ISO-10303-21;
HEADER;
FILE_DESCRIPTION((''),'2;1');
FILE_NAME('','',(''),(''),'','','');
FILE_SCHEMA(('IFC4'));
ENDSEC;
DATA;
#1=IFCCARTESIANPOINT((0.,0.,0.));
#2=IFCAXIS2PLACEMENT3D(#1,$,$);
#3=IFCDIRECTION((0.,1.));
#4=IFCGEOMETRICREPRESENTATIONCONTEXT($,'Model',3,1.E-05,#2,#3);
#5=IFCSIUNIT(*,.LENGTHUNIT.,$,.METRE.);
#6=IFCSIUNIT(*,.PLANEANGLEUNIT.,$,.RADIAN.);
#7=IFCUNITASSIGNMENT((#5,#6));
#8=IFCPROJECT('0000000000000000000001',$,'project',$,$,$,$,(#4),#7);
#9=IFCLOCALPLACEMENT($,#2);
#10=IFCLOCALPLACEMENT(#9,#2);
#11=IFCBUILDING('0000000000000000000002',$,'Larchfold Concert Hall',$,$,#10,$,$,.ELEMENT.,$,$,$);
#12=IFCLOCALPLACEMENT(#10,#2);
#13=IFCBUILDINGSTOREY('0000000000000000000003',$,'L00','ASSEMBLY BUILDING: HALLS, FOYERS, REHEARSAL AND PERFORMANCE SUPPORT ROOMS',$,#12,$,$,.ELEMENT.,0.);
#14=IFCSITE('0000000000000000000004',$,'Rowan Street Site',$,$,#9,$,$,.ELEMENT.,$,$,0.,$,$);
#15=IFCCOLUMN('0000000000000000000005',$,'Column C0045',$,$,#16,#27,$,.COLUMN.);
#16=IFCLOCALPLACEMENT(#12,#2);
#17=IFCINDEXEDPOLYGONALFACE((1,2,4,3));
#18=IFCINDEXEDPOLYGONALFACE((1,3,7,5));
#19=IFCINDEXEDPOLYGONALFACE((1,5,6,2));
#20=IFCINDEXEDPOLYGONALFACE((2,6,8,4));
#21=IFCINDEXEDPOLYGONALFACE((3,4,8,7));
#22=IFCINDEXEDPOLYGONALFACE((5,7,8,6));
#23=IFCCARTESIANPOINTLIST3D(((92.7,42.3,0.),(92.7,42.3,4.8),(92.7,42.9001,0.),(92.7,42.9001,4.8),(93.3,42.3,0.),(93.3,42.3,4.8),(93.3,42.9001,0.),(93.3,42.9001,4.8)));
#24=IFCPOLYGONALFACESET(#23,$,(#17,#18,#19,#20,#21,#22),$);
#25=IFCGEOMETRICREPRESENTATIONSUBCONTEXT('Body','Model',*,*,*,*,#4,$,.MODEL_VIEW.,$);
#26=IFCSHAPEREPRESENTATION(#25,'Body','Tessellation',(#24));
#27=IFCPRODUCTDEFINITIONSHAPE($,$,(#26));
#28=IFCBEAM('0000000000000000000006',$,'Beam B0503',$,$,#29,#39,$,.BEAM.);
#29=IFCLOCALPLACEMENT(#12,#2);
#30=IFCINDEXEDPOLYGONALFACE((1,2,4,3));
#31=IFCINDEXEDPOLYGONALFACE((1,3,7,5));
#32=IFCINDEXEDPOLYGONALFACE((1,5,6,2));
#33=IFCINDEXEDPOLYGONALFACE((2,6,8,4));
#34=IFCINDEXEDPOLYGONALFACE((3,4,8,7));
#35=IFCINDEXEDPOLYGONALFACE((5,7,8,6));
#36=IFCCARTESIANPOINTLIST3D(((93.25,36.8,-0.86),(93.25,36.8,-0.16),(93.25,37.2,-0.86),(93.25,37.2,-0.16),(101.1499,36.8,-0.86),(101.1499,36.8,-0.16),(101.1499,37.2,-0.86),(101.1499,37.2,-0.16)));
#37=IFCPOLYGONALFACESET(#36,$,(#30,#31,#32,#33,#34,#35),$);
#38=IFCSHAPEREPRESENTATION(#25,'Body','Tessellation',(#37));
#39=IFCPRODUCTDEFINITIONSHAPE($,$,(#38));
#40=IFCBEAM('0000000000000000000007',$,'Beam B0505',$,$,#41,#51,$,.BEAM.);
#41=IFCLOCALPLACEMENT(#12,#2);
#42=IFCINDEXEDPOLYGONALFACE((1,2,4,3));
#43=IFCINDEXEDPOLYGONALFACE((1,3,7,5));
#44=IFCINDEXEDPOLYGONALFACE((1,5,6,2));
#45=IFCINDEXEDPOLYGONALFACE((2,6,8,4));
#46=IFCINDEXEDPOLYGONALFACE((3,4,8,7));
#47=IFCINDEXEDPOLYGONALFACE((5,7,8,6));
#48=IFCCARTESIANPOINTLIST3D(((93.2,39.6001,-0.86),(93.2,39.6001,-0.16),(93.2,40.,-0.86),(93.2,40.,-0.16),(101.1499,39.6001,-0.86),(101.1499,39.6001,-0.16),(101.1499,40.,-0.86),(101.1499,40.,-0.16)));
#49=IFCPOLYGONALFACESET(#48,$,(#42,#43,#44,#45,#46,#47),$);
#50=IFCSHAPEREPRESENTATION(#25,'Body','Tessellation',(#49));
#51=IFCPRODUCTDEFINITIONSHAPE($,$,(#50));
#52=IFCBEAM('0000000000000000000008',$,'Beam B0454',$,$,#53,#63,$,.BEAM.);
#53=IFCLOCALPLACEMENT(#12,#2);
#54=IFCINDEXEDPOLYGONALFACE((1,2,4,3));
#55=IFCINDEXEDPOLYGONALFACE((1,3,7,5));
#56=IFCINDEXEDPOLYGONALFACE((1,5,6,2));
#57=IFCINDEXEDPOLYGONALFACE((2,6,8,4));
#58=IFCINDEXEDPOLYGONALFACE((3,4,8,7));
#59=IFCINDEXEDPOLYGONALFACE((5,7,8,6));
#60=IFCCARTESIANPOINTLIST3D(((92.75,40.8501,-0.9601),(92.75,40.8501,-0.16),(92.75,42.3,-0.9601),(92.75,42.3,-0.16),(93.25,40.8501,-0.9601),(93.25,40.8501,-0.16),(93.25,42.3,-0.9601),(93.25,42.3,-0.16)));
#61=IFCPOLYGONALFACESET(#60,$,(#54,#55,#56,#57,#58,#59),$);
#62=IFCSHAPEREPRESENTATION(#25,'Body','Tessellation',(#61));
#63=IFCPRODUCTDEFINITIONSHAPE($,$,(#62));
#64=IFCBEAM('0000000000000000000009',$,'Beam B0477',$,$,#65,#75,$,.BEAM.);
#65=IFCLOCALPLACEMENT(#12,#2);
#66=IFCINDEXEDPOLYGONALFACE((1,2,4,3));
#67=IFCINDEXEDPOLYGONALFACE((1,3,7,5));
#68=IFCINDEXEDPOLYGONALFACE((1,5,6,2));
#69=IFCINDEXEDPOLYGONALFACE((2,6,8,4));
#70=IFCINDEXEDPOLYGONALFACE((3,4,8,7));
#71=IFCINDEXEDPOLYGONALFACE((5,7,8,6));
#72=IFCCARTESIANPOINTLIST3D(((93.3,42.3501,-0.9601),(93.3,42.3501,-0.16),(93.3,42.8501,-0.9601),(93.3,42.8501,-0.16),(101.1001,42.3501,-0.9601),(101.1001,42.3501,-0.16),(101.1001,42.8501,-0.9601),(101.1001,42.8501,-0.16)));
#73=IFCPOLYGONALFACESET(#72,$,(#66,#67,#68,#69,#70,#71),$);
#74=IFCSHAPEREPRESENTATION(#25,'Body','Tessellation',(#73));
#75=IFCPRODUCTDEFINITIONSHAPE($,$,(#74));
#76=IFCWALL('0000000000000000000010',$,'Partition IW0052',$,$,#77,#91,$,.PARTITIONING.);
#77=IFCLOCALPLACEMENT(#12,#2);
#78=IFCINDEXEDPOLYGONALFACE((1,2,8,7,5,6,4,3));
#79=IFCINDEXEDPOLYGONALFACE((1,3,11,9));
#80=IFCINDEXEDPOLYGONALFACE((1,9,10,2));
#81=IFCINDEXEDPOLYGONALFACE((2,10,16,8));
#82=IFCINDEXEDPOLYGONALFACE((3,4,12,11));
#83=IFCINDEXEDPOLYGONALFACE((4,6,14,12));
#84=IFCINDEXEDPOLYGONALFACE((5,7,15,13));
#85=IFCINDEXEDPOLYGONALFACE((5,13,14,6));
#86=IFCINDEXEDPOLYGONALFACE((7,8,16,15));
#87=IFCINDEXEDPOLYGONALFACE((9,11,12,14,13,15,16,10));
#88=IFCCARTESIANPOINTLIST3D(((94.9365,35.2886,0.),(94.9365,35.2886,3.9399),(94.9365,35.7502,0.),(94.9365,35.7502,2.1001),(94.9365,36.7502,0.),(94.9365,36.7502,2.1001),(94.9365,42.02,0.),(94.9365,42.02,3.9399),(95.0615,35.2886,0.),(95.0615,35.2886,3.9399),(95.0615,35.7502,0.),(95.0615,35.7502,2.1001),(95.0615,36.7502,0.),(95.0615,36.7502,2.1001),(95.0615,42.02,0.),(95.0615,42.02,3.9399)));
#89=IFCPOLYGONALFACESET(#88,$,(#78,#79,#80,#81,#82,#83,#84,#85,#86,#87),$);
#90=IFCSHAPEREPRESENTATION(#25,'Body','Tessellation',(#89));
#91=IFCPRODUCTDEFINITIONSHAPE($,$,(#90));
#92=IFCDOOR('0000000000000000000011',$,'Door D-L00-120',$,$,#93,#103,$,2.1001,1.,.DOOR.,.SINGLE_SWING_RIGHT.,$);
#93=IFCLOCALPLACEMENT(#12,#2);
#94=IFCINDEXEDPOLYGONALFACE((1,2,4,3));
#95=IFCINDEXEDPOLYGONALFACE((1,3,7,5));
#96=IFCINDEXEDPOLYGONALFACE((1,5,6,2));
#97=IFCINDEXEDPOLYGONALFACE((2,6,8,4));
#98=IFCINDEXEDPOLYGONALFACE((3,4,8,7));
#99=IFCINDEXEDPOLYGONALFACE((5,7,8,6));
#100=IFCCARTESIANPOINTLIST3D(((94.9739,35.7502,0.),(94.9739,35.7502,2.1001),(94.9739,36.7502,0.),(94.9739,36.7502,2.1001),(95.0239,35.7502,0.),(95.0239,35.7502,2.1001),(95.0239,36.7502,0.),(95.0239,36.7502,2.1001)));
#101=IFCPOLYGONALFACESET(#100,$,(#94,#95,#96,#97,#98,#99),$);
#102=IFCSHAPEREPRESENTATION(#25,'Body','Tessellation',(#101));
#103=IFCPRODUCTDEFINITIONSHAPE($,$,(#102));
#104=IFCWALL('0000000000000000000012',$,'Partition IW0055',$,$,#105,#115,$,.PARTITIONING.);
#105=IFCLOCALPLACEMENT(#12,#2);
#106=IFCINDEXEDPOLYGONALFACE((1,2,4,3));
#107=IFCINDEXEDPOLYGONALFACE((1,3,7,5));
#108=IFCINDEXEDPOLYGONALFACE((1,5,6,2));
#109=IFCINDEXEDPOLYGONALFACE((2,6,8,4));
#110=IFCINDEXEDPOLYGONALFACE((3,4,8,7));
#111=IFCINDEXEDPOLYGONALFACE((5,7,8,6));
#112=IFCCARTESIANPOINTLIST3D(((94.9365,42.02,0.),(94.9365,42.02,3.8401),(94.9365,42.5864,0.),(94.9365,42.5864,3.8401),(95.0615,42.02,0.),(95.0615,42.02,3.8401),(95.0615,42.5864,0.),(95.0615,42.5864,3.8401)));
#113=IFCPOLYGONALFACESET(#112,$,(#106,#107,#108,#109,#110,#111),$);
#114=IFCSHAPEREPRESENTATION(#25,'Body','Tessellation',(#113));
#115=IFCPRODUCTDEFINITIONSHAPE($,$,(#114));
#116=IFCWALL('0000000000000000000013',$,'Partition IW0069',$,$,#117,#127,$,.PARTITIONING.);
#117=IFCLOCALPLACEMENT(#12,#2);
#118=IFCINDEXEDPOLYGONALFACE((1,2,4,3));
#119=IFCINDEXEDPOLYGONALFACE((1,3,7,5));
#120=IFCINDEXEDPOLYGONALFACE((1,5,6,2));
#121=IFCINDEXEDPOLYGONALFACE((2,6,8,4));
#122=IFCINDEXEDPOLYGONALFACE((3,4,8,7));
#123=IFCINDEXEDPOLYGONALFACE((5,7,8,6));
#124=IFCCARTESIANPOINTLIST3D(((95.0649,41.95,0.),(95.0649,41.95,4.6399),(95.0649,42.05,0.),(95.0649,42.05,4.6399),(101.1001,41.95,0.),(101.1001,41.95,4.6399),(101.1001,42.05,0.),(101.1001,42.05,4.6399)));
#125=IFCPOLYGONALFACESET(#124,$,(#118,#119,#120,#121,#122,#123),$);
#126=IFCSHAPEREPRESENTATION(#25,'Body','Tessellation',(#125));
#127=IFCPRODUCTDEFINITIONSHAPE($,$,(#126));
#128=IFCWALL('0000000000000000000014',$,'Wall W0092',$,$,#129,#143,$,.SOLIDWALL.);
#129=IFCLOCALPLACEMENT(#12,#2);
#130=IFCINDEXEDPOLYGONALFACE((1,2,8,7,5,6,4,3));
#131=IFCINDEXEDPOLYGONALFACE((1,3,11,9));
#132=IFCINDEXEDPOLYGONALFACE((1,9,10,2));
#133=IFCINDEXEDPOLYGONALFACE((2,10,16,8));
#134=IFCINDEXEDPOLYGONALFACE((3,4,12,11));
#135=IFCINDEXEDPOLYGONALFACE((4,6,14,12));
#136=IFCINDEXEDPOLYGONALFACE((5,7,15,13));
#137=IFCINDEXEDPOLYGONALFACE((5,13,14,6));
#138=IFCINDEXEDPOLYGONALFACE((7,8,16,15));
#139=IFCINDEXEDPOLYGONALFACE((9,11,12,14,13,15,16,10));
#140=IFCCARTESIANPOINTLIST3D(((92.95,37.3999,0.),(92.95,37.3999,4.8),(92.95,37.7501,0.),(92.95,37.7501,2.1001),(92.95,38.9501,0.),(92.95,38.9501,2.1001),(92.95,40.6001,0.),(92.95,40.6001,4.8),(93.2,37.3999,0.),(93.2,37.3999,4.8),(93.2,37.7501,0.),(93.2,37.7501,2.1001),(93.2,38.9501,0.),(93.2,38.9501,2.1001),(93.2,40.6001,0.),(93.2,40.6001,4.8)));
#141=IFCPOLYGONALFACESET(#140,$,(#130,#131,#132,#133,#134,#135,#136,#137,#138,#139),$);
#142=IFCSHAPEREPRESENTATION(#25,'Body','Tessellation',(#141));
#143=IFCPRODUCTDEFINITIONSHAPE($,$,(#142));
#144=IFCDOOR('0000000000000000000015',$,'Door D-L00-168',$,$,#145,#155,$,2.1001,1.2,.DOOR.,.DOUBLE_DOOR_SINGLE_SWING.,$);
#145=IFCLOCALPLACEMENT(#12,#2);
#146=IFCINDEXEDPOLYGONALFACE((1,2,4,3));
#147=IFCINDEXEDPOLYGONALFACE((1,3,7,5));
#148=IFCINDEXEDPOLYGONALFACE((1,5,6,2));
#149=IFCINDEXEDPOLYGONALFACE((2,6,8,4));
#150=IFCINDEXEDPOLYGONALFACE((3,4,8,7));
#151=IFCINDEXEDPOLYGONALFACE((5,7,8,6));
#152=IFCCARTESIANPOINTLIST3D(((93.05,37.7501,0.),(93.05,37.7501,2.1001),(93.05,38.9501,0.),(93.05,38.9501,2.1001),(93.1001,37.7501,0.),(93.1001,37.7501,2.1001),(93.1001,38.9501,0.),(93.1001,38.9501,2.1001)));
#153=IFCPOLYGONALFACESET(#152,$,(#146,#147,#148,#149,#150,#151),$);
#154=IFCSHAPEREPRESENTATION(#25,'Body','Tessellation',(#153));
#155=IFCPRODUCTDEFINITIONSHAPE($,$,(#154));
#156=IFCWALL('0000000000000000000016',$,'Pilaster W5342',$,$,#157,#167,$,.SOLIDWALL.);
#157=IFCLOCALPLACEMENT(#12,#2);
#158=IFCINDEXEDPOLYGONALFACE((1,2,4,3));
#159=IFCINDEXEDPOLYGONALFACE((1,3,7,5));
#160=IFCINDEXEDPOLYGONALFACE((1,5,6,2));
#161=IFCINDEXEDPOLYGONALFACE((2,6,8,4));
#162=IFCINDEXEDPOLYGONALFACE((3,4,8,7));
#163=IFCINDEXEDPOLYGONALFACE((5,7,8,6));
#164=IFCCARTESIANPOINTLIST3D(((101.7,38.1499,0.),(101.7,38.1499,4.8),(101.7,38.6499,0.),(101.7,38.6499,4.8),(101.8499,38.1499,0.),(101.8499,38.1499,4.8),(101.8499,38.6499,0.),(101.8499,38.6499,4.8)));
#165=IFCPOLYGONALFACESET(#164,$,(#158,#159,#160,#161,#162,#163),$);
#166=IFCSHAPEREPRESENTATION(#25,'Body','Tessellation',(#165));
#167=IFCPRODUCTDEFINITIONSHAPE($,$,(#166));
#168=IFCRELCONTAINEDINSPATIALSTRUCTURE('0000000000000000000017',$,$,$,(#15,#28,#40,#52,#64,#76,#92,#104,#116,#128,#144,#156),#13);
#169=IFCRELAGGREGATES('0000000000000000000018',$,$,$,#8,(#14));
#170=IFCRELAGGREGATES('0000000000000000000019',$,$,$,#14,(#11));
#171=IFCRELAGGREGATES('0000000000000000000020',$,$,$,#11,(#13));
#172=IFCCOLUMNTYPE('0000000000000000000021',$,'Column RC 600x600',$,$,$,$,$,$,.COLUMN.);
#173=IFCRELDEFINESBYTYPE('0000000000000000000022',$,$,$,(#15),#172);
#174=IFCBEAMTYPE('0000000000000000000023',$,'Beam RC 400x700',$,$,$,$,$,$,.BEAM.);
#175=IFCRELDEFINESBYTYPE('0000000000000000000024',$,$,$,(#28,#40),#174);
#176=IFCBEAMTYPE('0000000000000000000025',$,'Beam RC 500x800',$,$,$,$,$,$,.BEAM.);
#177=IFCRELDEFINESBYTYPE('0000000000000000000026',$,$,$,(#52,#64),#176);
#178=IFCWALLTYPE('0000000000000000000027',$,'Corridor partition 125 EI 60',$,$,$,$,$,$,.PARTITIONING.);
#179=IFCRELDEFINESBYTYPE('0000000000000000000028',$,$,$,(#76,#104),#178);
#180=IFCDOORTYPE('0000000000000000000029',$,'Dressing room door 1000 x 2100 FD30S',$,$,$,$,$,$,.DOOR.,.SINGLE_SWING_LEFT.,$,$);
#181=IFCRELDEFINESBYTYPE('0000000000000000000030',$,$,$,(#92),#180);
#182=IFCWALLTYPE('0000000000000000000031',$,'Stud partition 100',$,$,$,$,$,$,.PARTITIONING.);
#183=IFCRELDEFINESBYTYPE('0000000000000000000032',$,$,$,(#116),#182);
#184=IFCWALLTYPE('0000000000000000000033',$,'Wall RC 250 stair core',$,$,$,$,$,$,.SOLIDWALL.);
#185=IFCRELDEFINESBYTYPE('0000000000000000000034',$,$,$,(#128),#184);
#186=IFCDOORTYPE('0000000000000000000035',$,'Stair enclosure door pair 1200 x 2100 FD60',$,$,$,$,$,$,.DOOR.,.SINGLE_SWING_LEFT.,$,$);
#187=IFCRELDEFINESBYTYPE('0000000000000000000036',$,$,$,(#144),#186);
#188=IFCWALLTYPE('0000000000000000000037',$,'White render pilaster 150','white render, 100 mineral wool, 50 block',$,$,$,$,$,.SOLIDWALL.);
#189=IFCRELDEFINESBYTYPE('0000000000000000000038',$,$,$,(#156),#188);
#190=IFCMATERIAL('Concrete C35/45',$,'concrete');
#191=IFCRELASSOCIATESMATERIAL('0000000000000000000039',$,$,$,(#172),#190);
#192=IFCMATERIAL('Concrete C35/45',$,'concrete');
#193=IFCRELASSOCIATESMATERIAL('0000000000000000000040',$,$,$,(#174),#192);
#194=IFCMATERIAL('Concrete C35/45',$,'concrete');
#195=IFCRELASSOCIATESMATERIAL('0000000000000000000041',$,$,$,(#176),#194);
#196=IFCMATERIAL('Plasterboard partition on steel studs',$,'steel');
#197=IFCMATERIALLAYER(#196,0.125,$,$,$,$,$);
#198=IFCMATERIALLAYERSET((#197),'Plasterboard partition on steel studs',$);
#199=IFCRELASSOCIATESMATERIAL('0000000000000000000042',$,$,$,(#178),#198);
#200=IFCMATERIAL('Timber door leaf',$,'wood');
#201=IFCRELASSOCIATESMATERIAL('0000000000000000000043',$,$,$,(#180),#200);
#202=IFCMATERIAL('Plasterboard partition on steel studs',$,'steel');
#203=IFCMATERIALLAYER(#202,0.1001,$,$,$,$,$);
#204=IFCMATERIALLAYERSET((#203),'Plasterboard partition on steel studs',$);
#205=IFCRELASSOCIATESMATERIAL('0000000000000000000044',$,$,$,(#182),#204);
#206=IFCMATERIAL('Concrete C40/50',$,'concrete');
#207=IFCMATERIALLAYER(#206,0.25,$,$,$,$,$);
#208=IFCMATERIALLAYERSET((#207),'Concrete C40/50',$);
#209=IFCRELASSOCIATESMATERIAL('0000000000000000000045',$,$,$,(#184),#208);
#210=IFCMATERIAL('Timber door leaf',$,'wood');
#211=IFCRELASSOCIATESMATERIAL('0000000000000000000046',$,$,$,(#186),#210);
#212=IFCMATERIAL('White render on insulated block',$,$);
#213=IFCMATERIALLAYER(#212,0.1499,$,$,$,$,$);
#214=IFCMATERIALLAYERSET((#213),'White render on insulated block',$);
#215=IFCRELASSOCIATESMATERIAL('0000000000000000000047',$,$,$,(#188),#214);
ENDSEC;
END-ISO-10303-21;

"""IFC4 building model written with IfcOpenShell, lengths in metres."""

from ifc_helpers import new_model, si_unit, direction, frame, frame_2d, origin, origin_2d, place, context, subcontext, project, spatial, rectangle, extrude, material, layer, layer_set, material_profile, profile_set, type_object, element, fill, save


model = new_model("IFC4")

# Units and contexts
model_context = context("Model", 3, precision=1e-05, world=origin(), true_north=direction((0.0, 1.0)))
body_context = subcontext(model_context, "Body", "Model", "MODEL_VIEW")
ifc_project = project(units=[si_unit("LENGTHUNIT", "METRE"), si_unit("PLANEANGLEUNIT", "RADIAN")], contexts=[model_context])

# Site, building, storey
site_placement = place(None, origin())
site = spatial("IfcSite", under=ifc_project, at=site_placement, Name="Rowan Street Site", CompositionType="ELEMENT", RefElevation=0.0)
building_placement = place(site_placement, origin())
building = spatial("IfcBuilding", under=site, at=building_placement, Name="Larchfold Concert Hall", CompositionType="ELEMENT")
storey_placement = place(building_placement, origin())
storey = spatial("IfcBuildingStorey", under=building, at=storey_placement, Name="L00", Description="ASSEMBLY BUILDING: HALLS, FOYERS, REHEARSAL AND PERFORMANCE SUPPORT ROOMS", CompositionType="ELEMENT", Elevation=0.0)

# Column
ifc_material_1 = material(Name="Concrete C35/45", Category="concrete")
ifc_material_profile_1 = material_profile(ifc_material_1, rectangle(XDim=0.6001, YDim=0.6001, at=origin_2d()))
ifc_profile_set_1 = profile_set([ifc_material_profile_1], Name="Concrete C35/45")
column_type = type_object("IfcColumnType", Name="Column RC 600x600", PredefinedType="COLUMN", material=ifc_profile_set_1)
column_placement = place(storey_placement, frame((93.0, 42.6001, 0.0), z_axis=(0.0, 0.0, 1.0), x_axis=(1.0, 0.0, 0.0)))
element("IfcColumn", 1, at=column_placement, inside=storey, type_object=column_type, Name="Column C0045", PredefinedType="COLUMN", context=body_context, shape_type="SweptSolid", body=[
    extrude(rectangle(XDim=0.6001, YDim=0.6001, at=origin_2d()), origin(), (0.0, 0.0, 1.0), 4.8),
])

# Beams
ifc_material_2 = material(Name="Concrete C35/45", Category="concrete")
ifc_material_profile_2 = material_profile(ifc_material_2, rectangle(XDim=0.3999, YDim=0.7, at=origin_2d()))
ifc_profile_set_2 = profile_set([ifc_material_profile_2], Name="Concrete C35/45")
beam_type_1 = type_object("IfcBeamType", Name="Beam RC 400x700", PredefinedType="BEAM", material=ifc_profile_set_2)
beam_1_placement = place(storey_placement, frame((93.25, 37.0, -0.51), z_axis=(1.0, 0.0, 0.0), x_axis=(0.0, 1.0, 0.0)))
element("IfcBeam", 2, at=beam_1_placement, inside=storey, type_object=beam_type_1, Name="Beam B0503", PredefinedType="BEAM", context=body_context, shape_type="SweptSolid", body=[
    extrude(rectangle(XDim=0.3999, YDim=0.7, at=origin_2d()), origin(), (0.0, 0.0, 1.0), 7.8999),
])
beam_2_placement = place(storey_placement, frame((93.2, 39.8, -0.51), z_axis=(1.0, 0.0, 0.0), x_axis=(0.0, 1.0, 0.0)))
element("IfcBeam", 3, at=beam_2_placement, inside=storey, type_object=beam_type_1, Name="Beam B0505", PredefinedType="BEAM", context=body_context, shape_type="SweptSolid", body=[
    extrude(rectangle(XDim=0.3999, YDim=0.7, at=origin_2d()), origin(), (0.0, 0.0, 1.0), 7.95),
])
ifc_material_3 = material(Name="Concrete C35/45", Category="concrete")
ifc_material_profile_3 = material_profile(ifc_material_3, rectangle(XDim=0.5, YDim=0.8, at=origin_2d()))
ifc_profile_set_3 = profile_set([ifc_material_profile_3], Name="Concrete C35/45")
beam_type_2 = type_object("IfcBeamType", Name="Beam RC 500x800", PredefinedType="BEAM", material=ifc_profile_set_3)
beam_3_placement = place(storey_placement, frame((93.0, 40.8501, -0.5601), z_axis=(0.0, 1.0, 0.0), x_axis=(-1.0, 0.0, 0.0)))
element("IfcBeam", 4, at=beam_3_placement, inside=storey, type_object=beam_type_2, Name="Beam B0454", PredefinedType="BEAM", context=body_context, shape_type="SweptSolid", body=[
    extrude(rectangle(XDim=0.5, YDim=0.8, at=origin_2d()), origin(), (0.0, 0.0, 1.0), 1.45),
])
beam_4_placement = place(storey_placement, frame((93.3, 42.6001, -0.5601), z_axis=(1.0, 0.0, 0.0), x_axis=(0.0, 1.0, 0.0)))
element("IfcBeam", 5, at=beam_4_placement, inside=storey, type_object=beam_type_2, Name="Beam B0477", PredefinedType="BEAM", context=body_context, shape_type="SweptSolid", body=[
    extrude(rectangle(XDim=0.5, YDim=0.8, at=origin_2d()), origin(), (0.0, 0.0, 1.0), 7.8),
])

# Wall, opening, door
ifc_material_4 = material(Name="Plasterboard partition on steel studs", Category="steel")
ifc_layer_1 = layer(ifc_material_4, 0.125)
ifc_layer_set_1 = layer_set([ifc_layer_1], Name="Plasterboard partition on steel studs")
wall_type_1 = type_object("IfcWallType", Name="Corridor partition 125 EI 60", PredefinedType="PARTITIONING", material=ifc_layer_set_1)
wall_1_placement = place(storey_placement, frame((94.999, 42.02, 0.0), z_axis=(0.0, 0.0, 1.0), x_axis=(0.0, -1.0, 0.0)))
wall_1 = element("IfcWall", 6, at=wall_1_placement, inside=storey, type_object=wall_type_1, Name="Partition IW0052", PredefinedType="PARTITIONING", context=body_context, shape_type="SweptSolid", body=[
    extrude(rectangle(XDim=6.7314, YDim=0.125, at=frame_2d((3.3657, 0.0))), origin(), (0.0, 0.0, 1.0), 3.9399),
])
opening_1_placement = place(wall_1_placement, frame((5.2698, 0.0, 0.0)))
opening_1 = element("IfcOpeningElement", 7, at=opening_1_placement, cuts=wall_1, PredefinedType="OPENING", context=body_context, shape_type="SweptSolid", body=[
    extrude(rectangle(XDim=1.0, YDim=2.1001, at=frame_2d((0.5, 1.05))), frame((0.0, 0.0725, 0.0), z_axis=(0.0, -1.0, 0.0), x_axis=(1.0, 0.0, 0.0)), (0.0, 0.0, 1.0), 0.145),
])
ifc_material_5 = material(Name="Timber door leaf", Category="wood")
door_type_1 = type_object("IfcDoorType", Name="Dressing room door 1000 x 2100 FD30S", OperationType="SINGLE_SWING_LEFT", PredefinedType="DOOR", material=ifc_material_5)
door_1_placement = place(opening_1_placement, origin())
door_1 = element("IfcDoor", 8, at=door_1_placement, inside=storey, type_object=door_type_1, Name="Door D-L00-120", OperationType="SINGLE_SWING_RIGHT", OverallHeight=2.1001, OverallWidth=1.0, PredefinedType="DOOR", context=body_context, shape_type="SweptSolid", body=[
    extrude(rectangle(XDim=1.0, YDim=2.1001, at=frame_2d((0.5, 1.05))), frame((0.0, 0.0249, 0.0), z_axis=(0.0, -1.0, 0.0), x_axis=(1.0, 0.0, 0.0)), (0.0, 0.0, 1.0), 0.05),
])
fill(opening_1, door_1)

# Walls
wall_2_placement = place(storey_placement, frame((94.999, 42.5864, 0.0), z_axis=(0.0, 0.0, 1.0), x_axis=(0.0, -1.0, 0.0)))
element("IfcWall", 9, at=wall_2_placement, inside=storey, type_object=wall_type_1, Name="Partition IW0055", PredefinedType="PARTITIONING", context=body_context, shape_type="SweptSolid", body=[
    extrude(rectangle(XDim=0.5664, YDim=0.125, at=frame_2d((0.2832, 0.0))), origin(), (0.0, 0.0, 1.0), 3.8401),
])
ifc_material_6 = material(Name="Plasterboard partition on steel studs", Category="steel")
ifc_layer_2 = layer(ifc_material_6, 0.1001)
ifc_layer_set_2 = layer_set([ifc_layer_2], Name="Plasterboard partition on steel studs")
wall_type_2 = type_object("IfcWallType", Name="Stud partition 100", PredefinedType="PARTITIONING", material=ifc_layer_set_2)
wall_3_placement = place(storey_placement, frame((95.0649, 42.0, 0.0), z_axis=(0.0, 0.0, 1.0), x_axis=(1.0, 0.0, 0.0)))
element("IfcWall", 10, at=wall_3_placement, inside=storey, type_object=wall_type_2, Name="Partition IW0069", PredefinedType="PARTITIONING", context=body_context, shape_type="SweptSolid", body=[
    extrude(rectangle(XDim=6.0352, YDim=0.1001, at=frame_2d((3.0176, 0.0))), origin(), (0.0, 0.0, 1.0), 4.6399),
])

# Wall, opening, door
ifc_material_7 = material(Name="Concrete C40/50", Category="concrete")
ifc_layer_3 = layer(ifc_material_7, 0.25)
ifc_layer_set_3 = layer_set([ifc_layer_3], Name="Concrete C40/50")
wall_type_3 = type_object("IfcWallType", Name="Wall RC 250 stair core", PredefinedType="SOLIDWALL", material=ifc_layer_set_3)
wall_4_placement = place(storey_placement, frame((93.075, 37.3999, 0.0), z_axis=(0.0, 0.0, 1.0), x_axis=(0.0, 1.0, 0.0)))
wall_4 = element("IfcWall", 11, at=wall_4_placement, inside=storey, type_object=wall_type_3, Name="Wall W0092", PredefinedType="SOLIDWALL", context=body_context, shape_type="SweptSolid", body=[
    extrude(rectangle(XDim=3.2002, YDim=0.25, at=frame_2d((1.6001, 0.0))), origin(), (0.0, 0.0, 1.0), 4.8),
])
opening_2_placement = place(wall_4_placement, frame((0.3501, 0.0, 0.0)))
opening_2 = element("IfcOpeningElement", 12, at=opening_2_placement, cuts=wall_4, PredefinedType="OPENING", context=body_context, shape_type="SweptSolid", body=[
    extrude(rectangle(XDim=1.2, YDim=2.1001, at=frame_2d((0.6001, 1.05))), frame((0.0, 0.135, 0.0), z_axis=(0.0, -1.0, 0.0), x_axis=(1.0, 0.0, 0.0)), (0.0, 0.0, 1.0), 0.27),
])
ifc_material_8 = material(Name="Timber door leaf", Category="wood")
door_type_2 = type_object("IfcDoorType", Name="Stair enclosure door pair 1200 x 2100 FD60", OperationType="SINGLE_SWING_LEFT", PredefinedType="DOOR", material=ifc_material_8)
door_2_placement = place(opening_2_placement, origin())
door_2 = element("IfcDoor", 13, at=door_2_placement, inside=storey, type_object=door_type_2, Name="Door D-L00-168", OperationType="DOUBLE_DOOR_SINGLE_SWING", OverallHeight=2.1001, OverallWidth=1.2, PredefinedType="DOOR", context=body_context, shape_type="SweptSolid", body=[
    extrude(rectangle(XDim=1.2, YDim=2.1001, at=frame_2d((0.6001, 1.05))), frame((0.0, 0.0249, 0.0), z_axis=(0.0, -1.0, 0.0), x_axis=(1.0, 0.0, 0.0)), (0.0, 0.0, 1.0), 0.05),
])
fill(opening_2, door_2)

# Wall
ifc_material_9 = material(Name="White render on insulated block")
ifc_layer_4 = layer(ifc_material_9, 0.1499)
ifc_layer_set_4 = layer_set([ifc_layer_4], Name="White render on insulated block")
wall_type_4 = type_object("IfcWallType", Name="White render pilaster 150", Description="white render, 100 mineral wool, 50 block", PredefinedType="SOLIDWALL", material=ifc_layer_set_4)
wall_5_placement = place(storey_placement, frame((101.7749, 38.1499, 0.0), z_axis=(0.0, 0.0, 1.0), x_axis=(0.0, 1.0, 0.0)))
element("IfcWall", 14, at=wall_5_placement, inside=storey, type_object=wall_type_4, Name="Pilaster W5342", PredefinedType="SOLIDWALL", context=body_context, shape_type="SweptSolid", body=[
    extrude(rectangle(XDim=0.5, YDim=0.1499, at=frame_2d((0.25, 0.0))), origin(), (0.0, 0.0, 1.0), 4.8),
])

save(model, "model.ifc")
